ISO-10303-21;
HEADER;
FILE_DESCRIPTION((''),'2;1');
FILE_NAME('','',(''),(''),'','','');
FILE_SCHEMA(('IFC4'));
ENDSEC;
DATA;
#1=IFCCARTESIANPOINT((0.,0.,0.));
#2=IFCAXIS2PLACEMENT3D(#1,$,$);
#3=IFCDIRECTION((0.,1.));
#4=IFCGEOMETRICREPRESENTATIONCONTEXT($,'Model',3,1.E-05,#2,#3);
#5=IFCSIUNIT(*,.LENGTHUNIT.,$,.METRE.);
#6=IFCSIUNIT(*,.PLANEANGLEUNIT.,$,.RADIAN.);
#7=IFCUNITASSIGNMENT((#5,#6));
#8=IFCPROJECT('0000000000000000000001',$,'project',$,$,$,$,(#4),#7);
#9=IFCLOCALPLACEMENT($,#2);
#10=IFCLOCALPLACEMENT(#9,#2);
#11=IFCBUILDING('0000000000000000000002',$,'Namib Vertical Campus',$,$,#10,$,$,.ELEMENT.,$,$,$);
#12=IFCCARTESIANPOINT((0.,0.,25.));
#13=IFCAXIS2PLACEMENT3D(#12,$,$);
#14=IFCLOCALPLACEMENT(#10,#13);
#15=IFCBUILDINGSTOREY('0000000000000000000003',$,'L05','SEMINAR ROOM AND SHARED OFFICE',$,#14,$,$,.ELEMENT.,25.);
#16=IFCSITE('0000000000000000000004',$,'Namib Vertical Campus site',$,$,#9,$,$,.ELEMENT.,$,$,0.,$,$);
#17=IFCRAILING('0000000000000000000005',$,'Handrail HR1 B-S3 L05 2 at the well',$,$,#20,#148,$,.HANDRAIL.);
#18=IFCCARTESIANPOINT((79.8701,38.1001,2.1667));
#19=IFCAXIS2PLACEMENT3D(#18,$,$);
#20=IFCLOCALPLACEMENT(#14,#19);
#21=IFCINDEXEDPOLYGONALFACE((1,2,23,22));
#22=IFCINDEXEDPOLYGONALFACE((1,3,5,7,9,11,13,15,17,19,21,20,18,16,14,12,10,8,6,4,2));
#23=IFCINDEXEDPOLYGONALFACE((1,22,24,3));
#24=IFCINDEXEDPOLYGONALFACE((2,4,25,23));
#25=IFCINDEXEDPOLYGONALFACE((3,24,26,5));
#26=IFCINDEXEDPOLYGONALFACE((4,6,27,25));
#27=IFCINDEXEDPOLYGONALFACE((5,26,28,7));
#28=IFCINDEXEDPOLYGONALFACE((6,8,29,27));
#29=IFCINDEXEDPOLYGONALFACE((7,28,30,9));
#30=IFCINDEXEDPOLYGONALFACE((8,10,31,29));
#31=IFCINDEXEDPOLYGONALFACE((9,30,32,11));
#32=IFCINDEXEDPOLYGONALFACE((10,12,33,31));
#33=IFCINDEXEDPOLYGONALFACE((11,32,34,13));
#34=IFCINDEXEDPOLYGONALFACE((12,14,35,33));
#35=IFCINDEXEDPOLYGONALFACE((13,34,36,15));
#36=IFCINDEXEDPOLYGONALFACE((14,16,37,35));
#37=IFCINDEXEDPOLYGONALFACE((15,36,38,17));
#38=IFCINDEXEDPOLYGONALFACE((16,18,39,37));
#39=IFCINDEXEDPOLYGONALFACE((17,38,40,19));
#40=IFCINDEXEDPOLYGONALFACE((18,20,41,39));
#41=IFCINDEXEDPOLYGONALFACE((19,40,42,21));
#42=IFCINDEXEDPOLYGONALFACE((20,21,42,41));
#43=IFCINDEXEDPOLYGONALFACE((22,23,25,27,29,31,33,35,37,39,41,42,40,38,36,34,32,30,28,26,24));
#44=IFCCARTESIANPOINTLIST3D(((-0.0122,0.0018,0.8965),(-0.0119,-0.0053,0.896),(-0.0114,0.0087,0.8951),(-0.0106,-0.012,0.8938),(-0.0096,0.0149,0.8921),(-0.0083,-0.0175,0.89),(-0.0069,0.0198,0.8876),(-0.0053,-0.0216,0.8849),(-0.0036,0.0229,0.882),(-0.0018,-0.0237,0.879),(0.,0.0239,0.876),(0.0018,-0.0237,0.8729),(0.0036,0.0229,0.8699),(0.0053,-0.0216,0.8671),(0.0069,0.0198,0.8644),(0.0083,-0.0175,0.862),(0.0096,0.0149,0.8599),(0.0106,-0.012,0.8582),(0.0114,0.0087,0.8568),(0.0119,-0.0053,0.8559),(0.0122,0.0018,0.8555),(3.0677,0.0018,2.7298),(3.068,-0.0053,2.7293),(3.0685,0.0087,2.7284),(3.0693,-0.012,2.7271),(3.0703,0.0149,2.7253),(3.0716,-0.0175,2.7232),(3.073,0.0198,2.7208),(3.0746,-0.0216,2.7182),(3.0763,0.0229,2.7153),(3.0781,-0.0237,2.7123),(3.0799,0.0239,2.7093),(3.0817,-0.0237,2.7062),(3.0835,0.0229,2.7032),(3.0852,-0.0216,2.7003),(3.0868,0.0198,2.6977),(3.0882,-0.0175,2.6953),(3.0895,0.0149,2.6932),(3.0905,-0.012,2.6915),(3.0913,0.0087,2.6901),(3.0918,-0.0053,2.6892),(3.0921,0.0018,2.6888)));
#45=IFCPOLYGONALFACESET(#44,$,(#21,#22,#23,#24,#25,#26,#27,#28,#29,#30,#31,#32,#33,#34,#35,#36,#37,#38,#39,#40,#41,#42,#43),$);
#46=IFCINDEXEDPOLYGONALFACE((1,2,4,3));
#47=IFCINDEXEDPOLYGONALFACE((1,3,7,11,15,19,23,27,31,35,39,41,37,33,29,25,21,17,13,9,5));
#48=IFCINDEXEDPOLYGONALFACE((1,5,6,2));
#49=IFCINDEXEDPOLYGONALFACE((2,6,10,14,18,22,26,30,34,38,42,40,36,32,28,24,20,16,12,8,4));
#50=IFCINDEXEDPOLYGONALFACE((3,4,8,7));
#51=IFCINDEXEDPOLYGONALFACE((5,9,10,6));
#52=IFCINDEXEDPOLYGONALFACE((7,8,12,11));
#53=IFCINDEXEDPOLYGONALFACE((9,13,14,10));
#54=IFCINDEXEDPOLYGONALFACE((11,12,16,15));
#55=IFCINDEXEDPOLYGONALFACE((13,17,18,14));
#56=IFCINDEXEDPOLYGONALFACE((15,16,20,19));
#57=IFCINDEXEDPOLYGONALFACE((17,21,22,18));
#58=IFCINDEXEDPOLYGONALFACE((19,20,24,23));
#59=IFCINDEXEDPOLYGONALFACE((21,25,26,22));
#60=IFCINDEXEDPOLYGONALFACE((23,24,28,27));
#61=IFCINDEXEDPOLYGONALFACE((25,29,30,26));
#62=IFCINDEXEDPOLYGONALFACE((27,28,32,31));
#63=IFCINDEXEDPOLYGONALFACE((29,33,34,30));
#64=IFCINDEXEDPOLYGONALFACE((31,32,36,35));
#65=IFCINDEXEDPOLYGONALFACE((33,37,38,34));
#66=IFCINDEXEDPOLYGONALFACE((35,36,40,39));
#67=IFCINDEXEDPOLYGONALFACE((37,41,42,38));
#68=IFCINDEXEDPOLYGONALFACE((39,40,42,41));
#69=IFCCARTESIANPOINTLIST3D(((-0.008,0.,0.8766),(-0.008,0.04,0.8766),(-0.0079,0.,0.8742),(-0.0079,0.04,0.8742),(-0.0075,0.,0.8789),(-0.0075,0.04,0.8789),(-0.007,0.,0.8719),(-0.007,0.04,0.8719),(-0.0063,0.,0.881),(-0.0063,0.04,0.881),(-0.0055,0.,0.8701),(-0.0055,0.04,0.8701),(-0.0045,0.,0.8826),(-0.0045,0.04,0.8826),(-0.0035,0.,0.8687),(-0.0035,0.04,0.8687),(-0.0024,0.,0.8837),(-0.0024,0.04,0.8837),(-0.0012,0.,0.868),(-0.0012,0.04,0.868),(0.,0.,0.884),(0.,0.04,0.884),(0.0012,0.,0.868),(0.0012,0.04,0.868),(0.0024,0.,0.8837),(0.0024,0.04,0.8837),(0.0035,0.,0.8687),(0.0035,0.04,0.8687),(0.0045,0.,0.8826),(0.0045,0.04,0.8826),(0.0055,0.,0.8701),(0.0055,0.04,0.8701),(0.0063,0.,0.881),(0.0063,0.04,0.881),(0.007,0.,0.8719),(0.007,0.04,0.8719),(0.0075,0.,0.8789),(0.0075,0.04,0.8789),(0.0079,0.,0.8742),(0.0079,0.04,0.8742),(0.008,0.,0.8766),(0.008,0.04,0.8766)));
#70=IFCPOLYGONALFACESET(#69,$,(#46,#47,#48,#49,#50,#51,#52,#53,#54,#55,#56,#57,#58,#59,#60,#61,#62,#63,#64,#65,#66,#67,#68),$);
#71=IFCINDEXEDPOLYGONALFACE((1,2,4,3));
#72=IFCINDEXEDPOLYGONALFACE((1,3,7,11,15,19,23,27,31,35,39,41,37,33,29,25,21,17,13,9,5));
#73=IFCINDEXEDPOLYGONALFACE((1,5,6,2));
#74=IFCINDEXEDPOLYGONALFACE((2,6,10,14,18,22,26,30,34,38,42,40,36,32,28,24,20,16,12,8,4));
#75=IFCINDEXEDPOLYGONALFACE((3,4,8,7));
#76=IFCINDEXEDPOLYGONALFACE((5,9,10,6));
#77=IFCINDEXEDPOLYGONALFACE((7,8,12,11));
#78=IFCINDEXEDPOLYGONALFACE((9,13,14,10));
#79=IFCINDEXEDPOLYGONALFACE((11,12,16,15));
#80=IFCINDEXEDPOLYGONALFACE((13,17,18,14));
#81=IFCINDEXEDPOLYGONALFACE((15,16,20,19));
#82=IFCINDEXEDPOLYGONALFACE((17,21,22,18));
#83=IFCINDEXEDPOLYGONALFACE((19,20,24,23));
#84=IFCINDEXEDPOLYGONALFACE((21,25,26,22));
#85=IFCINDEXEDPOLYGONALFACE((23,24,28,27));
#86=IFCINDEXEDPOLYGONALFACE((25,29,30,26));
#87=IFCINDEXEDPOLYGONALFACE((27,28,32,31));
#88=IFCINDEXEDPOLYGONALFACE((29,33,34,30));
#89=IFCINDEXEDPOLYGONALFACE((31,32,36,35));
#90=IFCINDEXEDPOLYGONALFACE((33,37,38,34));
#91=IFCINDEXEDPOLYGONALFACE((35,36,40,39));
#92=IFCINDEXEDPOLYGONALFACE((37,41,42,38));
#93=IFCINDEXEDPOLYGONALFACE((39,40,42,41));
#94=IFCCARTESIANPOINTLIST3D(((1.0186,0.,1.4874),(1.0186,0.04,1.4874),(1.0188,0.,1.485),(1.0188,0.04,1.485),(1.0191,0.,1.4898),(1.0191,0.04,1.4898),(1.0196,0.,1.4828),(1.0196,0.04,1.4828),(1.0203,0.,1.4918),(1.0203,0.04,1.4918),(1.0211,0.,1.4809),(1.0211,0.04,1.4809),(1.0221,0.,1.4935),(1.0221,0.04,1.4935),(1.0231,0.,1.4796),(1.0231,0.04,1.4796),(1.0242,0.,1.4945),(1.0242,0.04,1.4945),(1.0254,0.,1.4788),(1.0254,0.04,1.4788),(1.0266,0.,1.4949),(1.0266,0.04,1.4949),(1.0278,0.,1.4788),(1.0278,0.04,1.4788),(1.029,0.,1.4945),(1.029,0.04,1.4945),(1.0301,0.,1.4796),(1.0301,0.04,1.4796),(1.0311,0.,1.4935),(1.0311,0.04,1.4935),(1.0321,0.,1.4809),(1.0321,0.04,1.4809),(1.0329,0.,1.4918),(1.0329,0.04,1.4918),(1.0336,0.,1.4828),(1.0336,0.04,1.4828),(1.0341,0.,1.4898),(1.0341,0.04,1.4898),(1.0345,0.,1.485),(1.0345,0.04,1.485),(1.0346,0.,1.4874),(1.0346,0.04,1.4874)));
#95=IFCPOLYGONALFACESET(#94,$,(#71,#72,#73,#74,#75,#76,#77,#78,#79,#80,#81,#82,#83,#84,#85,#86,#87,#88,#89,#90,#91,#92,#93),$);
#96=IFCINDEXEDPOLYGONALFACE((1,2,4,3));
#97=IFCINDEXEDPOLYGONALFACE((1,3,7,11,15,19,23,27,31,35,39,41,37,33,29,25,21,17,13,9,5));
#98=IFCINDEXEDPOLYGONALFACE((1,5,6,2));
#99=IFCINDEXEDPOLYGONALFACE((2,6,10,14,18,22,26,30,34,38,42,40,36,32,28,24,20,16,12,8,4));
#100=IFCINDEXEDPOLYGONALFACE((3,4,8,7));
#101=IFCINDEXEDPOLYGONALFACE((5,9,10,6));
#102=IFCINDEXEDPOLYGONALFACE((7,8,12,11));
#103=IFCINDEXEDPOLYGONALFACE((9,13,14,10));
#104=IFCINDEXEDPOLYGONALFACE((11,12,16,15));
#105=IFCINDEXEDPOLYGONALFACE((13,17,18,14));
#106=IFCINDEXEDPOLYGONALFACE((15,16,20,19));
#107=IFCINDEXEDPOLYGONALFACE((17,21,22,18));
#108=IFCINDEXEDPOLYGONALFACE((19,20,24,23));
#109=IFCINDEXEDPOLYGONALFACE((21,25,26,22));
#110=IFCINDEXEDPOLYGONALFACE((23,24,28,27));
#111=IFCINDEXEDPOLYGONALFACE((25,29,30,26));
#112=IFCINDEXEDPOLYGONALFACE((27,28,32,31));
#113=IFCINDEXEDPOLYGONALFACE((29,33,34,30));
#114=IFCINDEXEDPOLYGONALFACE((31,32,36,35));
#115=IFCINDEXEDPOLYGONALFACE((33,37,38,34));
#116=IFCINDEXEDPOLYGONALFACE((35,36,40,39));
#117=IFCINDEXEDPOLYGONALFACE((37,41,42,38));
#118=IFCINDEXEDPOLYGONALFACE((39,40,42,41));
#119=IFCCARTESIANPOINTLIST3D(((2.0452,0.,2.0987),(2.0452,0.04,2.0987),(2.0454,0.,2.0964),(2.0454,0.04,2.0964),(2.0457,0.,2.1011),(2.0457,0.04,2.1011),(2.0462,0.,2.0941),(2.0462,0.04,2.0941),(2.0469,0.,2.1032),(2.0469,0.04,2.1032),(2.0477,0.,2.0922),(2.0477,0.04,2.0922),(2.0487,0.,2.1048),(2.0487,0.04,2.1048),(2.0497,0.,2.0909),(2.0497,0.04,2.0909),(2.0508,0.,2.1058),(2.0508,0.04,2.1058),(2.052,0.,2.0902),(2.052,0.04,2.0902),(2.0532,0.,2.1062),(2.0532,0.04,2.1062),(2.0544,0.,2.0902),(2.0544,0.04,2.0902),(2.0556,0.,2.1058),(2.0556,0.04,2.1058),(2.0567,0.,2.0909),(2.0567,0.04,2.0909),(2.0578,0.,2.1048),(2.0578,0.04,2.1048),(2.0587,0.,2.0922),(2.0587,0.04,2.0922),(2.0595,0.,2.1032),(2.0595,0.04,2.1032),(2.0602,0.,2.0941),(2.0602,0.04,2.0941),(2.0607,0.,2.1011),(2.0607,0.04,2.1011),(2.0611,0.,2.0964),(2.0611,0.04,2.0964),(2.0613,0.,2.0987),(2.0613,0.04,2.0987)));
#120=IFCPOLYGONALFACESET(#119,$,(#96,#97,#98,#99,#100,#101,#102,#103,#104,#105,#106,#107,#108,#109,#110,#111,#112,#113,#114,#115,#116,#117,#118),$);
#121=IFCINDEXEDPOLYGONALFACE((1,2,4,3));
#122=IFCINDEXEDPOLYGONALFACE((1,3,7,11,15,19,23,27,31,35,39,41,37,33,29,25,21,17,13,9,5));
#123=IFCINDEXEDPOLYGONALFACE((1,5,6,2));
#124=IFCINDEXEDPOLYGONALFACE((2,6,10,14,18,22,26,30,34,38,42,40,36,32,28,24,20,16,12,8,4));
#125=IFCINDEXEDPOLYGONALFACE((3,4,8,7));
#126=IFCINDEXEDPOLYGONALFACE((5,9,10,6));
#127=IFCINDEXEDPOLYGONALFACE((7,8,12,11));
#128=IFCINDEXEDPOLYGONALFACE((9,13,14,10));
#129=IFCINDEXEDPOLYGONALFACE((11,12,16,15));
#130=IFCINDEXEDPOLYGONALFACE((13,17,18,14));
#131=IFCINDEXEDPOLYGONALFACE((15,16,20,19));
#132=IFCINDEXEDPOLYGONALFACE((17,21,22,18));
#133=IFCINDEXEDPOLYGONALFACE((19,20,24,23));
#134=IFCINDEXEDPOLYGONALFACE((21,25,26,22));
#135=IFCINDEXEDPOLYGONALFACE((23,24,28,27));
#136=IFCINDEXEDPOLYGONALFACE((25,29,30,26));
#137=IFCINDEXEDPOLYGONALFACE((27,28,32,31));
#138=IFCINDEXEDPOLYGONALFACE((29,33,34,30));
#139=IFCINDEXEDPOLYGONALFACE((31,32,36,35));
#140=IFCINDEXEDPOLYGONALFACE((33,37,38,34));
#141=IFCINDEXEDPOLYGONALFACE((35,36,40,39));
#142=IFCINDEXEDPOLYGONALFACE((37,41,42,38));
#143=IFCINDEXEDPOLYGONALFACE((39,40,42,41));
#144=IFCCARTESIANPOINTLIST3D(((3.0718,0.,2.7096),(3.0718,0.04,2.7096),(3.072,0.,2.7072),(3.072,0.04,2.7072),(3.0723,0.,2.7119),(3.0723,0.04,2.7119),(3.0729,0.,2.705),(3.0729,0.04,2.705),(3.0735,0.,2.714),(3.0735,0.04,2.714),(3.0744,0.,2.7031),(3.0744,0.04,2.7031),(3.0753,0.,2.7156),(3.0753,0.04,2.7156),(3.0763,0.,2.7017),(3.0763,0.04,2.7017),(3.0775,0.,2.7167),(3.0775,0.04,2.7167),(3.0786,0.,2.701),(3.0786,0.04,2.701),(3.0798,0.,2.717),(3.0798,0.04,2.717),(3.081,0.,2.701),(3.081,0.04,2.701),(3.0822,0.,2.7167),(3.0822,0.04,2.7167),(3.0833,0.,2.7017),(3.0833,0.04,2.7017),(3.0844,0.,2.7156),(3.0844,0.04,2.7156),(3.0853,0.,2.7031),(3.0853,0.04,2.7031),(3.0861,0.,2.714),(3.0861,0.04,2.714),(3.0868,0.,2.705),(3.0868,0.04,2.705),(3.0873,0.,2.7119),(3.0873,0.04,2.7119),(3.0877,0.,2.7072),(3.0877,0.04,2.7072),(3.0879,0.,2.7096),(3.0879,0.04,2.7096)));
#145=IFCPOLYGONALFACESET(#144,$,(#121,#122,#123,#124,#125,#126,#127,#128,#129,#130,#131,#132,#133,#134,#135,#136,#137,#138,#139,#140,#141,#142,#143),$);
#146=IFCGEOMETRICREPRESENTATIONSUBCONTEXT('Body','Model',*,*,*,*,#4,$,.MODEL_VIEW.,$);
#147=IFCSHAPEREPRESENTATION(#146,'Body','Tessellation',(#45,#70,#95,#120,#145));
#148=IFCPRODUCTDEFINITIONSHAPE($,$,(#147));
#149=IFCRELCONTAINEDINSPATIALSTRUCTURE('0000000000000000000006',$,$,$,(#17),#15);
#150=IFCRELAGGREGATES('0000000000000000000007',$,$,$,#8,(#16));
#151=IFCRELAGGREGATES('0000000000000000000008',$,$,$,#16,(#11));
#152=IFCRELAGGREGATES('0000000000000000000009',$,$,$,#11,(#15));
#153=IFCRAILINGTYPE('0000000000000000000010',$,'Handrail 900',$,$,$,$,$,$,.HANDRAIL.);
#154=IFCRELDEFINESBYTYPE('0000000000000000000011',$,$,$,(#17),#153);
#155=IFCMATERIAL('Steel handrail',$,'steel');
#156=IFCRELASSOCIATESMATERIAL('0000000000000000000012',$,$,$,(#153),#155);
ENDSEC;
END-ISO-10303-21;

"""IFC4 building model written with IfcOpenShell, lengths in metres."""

from ifc_helpers import new_model, si_unit, direction, frame, origin, origin_2d, place, context, subcontext, project, spatial, circle, extrude, material, type_object, element, save


model = new_model("IFC4")

# Units and contexts
model_context = context("Model", 3, precision=1e-05, world=origin(), true_north=direction((0.0, 1.0)))
body_context = subcontext(model_context, "Body", "Model", "MODEL_VIEW")
ifc_project = project(units=[si_unit("LENGTHUNIT", "METRE"), si_unit("PLANEANGLEUNIT", "RADIAN")], contexts=[model_context])

# Site, building, storey
site_placement = place(None, origin())
site = spatial("IfcSite", under=ifc_project, at=site_placement, Name="Namib Vertical Campus site", CompositionType="ELEMENT", RefElevation=0.0)
building_placement = place(site_placement, origin())
building = spatial("IfcBuilding", under=site, at=building_placement, Name="Namib Vertical Campus", CompositionType="ELEMENT")
storey_placement = place(building_placement, frame((0.0, 0.0, 25.0)))
storey = spatial("IfcBuildingStorey", under=building, at=storey_placement, Name="L05", Description="SEMINAR ROOM AND SHARED OFFICE", CompositionType="ELEMENT", Elevation=25.0)

# Railing
ifc_material_1 = material(Name="Steel handrail", Category="steel")
railing_type_1 = type_object("IfcRailingType", Name="Handrail 900", PredefinedType="HANDRAIL", material=ifc_material_1)
railing_1_placement = place(storey_placement, frame((79.8701, 38.1001, 2.1667)))
element("IfcRailing", 1, at=railing_1_placement, inside=storey, type_object=railing_type_1, Name="Handrail HR1 B-S3 L05 2 at the well", PredefinedType="HANDRAIL", context=body_context, shape_type="SweptSolid", body=[
    extrude(circle(Radius=0.0239, at=origin_2d()), frame((0.0, 0.0, 0.876), z_axis=(0.859291, 0.0, 0.511487), x_axis=(0.0, 1.0, 0.0)), (0.0, 0.0, 1.0), 3.5842),
    extrude(circle(Radius=0.0081, at=origin_2d()), frame((0.0, 0.0, 0.876), z_axis=(0.0, 1.0, 0.0), x_axis=(0.0, 0.0, 1.0)), (0.0, 0.0, 1.0), 0.04),
    extrude(circle(Radius=0.0081, at=origin_2d()), frame((1.0266, 0.0, 1.4868), z_axis=(0.0, 1.0, 0.0), x_axis=(0.0, 0.0, 1.0)), (0.0, 0.0, 1.0), 0.04),
    extrude(circle(Radius=0.0081, at=origin_2d()), frame((2.0532, 0.0, 2.0981), z_axis=(0.0, 1.0, 0.0), x_axis=(0.0, 0.0, 1.0)), (0.0, 0.0, 1.0), 0.04),
    extrude(circle(Radius=0.0081, at=origin_2d()), frame((3.0798, 0.0, 2.709), z_axis=(0.0, 1.0, 0.0), x_axis=(0.0, 0.0, 1.0)), (0.0, 0.0, 1.0), 0.04),
])

save(model, "model.ifc")
